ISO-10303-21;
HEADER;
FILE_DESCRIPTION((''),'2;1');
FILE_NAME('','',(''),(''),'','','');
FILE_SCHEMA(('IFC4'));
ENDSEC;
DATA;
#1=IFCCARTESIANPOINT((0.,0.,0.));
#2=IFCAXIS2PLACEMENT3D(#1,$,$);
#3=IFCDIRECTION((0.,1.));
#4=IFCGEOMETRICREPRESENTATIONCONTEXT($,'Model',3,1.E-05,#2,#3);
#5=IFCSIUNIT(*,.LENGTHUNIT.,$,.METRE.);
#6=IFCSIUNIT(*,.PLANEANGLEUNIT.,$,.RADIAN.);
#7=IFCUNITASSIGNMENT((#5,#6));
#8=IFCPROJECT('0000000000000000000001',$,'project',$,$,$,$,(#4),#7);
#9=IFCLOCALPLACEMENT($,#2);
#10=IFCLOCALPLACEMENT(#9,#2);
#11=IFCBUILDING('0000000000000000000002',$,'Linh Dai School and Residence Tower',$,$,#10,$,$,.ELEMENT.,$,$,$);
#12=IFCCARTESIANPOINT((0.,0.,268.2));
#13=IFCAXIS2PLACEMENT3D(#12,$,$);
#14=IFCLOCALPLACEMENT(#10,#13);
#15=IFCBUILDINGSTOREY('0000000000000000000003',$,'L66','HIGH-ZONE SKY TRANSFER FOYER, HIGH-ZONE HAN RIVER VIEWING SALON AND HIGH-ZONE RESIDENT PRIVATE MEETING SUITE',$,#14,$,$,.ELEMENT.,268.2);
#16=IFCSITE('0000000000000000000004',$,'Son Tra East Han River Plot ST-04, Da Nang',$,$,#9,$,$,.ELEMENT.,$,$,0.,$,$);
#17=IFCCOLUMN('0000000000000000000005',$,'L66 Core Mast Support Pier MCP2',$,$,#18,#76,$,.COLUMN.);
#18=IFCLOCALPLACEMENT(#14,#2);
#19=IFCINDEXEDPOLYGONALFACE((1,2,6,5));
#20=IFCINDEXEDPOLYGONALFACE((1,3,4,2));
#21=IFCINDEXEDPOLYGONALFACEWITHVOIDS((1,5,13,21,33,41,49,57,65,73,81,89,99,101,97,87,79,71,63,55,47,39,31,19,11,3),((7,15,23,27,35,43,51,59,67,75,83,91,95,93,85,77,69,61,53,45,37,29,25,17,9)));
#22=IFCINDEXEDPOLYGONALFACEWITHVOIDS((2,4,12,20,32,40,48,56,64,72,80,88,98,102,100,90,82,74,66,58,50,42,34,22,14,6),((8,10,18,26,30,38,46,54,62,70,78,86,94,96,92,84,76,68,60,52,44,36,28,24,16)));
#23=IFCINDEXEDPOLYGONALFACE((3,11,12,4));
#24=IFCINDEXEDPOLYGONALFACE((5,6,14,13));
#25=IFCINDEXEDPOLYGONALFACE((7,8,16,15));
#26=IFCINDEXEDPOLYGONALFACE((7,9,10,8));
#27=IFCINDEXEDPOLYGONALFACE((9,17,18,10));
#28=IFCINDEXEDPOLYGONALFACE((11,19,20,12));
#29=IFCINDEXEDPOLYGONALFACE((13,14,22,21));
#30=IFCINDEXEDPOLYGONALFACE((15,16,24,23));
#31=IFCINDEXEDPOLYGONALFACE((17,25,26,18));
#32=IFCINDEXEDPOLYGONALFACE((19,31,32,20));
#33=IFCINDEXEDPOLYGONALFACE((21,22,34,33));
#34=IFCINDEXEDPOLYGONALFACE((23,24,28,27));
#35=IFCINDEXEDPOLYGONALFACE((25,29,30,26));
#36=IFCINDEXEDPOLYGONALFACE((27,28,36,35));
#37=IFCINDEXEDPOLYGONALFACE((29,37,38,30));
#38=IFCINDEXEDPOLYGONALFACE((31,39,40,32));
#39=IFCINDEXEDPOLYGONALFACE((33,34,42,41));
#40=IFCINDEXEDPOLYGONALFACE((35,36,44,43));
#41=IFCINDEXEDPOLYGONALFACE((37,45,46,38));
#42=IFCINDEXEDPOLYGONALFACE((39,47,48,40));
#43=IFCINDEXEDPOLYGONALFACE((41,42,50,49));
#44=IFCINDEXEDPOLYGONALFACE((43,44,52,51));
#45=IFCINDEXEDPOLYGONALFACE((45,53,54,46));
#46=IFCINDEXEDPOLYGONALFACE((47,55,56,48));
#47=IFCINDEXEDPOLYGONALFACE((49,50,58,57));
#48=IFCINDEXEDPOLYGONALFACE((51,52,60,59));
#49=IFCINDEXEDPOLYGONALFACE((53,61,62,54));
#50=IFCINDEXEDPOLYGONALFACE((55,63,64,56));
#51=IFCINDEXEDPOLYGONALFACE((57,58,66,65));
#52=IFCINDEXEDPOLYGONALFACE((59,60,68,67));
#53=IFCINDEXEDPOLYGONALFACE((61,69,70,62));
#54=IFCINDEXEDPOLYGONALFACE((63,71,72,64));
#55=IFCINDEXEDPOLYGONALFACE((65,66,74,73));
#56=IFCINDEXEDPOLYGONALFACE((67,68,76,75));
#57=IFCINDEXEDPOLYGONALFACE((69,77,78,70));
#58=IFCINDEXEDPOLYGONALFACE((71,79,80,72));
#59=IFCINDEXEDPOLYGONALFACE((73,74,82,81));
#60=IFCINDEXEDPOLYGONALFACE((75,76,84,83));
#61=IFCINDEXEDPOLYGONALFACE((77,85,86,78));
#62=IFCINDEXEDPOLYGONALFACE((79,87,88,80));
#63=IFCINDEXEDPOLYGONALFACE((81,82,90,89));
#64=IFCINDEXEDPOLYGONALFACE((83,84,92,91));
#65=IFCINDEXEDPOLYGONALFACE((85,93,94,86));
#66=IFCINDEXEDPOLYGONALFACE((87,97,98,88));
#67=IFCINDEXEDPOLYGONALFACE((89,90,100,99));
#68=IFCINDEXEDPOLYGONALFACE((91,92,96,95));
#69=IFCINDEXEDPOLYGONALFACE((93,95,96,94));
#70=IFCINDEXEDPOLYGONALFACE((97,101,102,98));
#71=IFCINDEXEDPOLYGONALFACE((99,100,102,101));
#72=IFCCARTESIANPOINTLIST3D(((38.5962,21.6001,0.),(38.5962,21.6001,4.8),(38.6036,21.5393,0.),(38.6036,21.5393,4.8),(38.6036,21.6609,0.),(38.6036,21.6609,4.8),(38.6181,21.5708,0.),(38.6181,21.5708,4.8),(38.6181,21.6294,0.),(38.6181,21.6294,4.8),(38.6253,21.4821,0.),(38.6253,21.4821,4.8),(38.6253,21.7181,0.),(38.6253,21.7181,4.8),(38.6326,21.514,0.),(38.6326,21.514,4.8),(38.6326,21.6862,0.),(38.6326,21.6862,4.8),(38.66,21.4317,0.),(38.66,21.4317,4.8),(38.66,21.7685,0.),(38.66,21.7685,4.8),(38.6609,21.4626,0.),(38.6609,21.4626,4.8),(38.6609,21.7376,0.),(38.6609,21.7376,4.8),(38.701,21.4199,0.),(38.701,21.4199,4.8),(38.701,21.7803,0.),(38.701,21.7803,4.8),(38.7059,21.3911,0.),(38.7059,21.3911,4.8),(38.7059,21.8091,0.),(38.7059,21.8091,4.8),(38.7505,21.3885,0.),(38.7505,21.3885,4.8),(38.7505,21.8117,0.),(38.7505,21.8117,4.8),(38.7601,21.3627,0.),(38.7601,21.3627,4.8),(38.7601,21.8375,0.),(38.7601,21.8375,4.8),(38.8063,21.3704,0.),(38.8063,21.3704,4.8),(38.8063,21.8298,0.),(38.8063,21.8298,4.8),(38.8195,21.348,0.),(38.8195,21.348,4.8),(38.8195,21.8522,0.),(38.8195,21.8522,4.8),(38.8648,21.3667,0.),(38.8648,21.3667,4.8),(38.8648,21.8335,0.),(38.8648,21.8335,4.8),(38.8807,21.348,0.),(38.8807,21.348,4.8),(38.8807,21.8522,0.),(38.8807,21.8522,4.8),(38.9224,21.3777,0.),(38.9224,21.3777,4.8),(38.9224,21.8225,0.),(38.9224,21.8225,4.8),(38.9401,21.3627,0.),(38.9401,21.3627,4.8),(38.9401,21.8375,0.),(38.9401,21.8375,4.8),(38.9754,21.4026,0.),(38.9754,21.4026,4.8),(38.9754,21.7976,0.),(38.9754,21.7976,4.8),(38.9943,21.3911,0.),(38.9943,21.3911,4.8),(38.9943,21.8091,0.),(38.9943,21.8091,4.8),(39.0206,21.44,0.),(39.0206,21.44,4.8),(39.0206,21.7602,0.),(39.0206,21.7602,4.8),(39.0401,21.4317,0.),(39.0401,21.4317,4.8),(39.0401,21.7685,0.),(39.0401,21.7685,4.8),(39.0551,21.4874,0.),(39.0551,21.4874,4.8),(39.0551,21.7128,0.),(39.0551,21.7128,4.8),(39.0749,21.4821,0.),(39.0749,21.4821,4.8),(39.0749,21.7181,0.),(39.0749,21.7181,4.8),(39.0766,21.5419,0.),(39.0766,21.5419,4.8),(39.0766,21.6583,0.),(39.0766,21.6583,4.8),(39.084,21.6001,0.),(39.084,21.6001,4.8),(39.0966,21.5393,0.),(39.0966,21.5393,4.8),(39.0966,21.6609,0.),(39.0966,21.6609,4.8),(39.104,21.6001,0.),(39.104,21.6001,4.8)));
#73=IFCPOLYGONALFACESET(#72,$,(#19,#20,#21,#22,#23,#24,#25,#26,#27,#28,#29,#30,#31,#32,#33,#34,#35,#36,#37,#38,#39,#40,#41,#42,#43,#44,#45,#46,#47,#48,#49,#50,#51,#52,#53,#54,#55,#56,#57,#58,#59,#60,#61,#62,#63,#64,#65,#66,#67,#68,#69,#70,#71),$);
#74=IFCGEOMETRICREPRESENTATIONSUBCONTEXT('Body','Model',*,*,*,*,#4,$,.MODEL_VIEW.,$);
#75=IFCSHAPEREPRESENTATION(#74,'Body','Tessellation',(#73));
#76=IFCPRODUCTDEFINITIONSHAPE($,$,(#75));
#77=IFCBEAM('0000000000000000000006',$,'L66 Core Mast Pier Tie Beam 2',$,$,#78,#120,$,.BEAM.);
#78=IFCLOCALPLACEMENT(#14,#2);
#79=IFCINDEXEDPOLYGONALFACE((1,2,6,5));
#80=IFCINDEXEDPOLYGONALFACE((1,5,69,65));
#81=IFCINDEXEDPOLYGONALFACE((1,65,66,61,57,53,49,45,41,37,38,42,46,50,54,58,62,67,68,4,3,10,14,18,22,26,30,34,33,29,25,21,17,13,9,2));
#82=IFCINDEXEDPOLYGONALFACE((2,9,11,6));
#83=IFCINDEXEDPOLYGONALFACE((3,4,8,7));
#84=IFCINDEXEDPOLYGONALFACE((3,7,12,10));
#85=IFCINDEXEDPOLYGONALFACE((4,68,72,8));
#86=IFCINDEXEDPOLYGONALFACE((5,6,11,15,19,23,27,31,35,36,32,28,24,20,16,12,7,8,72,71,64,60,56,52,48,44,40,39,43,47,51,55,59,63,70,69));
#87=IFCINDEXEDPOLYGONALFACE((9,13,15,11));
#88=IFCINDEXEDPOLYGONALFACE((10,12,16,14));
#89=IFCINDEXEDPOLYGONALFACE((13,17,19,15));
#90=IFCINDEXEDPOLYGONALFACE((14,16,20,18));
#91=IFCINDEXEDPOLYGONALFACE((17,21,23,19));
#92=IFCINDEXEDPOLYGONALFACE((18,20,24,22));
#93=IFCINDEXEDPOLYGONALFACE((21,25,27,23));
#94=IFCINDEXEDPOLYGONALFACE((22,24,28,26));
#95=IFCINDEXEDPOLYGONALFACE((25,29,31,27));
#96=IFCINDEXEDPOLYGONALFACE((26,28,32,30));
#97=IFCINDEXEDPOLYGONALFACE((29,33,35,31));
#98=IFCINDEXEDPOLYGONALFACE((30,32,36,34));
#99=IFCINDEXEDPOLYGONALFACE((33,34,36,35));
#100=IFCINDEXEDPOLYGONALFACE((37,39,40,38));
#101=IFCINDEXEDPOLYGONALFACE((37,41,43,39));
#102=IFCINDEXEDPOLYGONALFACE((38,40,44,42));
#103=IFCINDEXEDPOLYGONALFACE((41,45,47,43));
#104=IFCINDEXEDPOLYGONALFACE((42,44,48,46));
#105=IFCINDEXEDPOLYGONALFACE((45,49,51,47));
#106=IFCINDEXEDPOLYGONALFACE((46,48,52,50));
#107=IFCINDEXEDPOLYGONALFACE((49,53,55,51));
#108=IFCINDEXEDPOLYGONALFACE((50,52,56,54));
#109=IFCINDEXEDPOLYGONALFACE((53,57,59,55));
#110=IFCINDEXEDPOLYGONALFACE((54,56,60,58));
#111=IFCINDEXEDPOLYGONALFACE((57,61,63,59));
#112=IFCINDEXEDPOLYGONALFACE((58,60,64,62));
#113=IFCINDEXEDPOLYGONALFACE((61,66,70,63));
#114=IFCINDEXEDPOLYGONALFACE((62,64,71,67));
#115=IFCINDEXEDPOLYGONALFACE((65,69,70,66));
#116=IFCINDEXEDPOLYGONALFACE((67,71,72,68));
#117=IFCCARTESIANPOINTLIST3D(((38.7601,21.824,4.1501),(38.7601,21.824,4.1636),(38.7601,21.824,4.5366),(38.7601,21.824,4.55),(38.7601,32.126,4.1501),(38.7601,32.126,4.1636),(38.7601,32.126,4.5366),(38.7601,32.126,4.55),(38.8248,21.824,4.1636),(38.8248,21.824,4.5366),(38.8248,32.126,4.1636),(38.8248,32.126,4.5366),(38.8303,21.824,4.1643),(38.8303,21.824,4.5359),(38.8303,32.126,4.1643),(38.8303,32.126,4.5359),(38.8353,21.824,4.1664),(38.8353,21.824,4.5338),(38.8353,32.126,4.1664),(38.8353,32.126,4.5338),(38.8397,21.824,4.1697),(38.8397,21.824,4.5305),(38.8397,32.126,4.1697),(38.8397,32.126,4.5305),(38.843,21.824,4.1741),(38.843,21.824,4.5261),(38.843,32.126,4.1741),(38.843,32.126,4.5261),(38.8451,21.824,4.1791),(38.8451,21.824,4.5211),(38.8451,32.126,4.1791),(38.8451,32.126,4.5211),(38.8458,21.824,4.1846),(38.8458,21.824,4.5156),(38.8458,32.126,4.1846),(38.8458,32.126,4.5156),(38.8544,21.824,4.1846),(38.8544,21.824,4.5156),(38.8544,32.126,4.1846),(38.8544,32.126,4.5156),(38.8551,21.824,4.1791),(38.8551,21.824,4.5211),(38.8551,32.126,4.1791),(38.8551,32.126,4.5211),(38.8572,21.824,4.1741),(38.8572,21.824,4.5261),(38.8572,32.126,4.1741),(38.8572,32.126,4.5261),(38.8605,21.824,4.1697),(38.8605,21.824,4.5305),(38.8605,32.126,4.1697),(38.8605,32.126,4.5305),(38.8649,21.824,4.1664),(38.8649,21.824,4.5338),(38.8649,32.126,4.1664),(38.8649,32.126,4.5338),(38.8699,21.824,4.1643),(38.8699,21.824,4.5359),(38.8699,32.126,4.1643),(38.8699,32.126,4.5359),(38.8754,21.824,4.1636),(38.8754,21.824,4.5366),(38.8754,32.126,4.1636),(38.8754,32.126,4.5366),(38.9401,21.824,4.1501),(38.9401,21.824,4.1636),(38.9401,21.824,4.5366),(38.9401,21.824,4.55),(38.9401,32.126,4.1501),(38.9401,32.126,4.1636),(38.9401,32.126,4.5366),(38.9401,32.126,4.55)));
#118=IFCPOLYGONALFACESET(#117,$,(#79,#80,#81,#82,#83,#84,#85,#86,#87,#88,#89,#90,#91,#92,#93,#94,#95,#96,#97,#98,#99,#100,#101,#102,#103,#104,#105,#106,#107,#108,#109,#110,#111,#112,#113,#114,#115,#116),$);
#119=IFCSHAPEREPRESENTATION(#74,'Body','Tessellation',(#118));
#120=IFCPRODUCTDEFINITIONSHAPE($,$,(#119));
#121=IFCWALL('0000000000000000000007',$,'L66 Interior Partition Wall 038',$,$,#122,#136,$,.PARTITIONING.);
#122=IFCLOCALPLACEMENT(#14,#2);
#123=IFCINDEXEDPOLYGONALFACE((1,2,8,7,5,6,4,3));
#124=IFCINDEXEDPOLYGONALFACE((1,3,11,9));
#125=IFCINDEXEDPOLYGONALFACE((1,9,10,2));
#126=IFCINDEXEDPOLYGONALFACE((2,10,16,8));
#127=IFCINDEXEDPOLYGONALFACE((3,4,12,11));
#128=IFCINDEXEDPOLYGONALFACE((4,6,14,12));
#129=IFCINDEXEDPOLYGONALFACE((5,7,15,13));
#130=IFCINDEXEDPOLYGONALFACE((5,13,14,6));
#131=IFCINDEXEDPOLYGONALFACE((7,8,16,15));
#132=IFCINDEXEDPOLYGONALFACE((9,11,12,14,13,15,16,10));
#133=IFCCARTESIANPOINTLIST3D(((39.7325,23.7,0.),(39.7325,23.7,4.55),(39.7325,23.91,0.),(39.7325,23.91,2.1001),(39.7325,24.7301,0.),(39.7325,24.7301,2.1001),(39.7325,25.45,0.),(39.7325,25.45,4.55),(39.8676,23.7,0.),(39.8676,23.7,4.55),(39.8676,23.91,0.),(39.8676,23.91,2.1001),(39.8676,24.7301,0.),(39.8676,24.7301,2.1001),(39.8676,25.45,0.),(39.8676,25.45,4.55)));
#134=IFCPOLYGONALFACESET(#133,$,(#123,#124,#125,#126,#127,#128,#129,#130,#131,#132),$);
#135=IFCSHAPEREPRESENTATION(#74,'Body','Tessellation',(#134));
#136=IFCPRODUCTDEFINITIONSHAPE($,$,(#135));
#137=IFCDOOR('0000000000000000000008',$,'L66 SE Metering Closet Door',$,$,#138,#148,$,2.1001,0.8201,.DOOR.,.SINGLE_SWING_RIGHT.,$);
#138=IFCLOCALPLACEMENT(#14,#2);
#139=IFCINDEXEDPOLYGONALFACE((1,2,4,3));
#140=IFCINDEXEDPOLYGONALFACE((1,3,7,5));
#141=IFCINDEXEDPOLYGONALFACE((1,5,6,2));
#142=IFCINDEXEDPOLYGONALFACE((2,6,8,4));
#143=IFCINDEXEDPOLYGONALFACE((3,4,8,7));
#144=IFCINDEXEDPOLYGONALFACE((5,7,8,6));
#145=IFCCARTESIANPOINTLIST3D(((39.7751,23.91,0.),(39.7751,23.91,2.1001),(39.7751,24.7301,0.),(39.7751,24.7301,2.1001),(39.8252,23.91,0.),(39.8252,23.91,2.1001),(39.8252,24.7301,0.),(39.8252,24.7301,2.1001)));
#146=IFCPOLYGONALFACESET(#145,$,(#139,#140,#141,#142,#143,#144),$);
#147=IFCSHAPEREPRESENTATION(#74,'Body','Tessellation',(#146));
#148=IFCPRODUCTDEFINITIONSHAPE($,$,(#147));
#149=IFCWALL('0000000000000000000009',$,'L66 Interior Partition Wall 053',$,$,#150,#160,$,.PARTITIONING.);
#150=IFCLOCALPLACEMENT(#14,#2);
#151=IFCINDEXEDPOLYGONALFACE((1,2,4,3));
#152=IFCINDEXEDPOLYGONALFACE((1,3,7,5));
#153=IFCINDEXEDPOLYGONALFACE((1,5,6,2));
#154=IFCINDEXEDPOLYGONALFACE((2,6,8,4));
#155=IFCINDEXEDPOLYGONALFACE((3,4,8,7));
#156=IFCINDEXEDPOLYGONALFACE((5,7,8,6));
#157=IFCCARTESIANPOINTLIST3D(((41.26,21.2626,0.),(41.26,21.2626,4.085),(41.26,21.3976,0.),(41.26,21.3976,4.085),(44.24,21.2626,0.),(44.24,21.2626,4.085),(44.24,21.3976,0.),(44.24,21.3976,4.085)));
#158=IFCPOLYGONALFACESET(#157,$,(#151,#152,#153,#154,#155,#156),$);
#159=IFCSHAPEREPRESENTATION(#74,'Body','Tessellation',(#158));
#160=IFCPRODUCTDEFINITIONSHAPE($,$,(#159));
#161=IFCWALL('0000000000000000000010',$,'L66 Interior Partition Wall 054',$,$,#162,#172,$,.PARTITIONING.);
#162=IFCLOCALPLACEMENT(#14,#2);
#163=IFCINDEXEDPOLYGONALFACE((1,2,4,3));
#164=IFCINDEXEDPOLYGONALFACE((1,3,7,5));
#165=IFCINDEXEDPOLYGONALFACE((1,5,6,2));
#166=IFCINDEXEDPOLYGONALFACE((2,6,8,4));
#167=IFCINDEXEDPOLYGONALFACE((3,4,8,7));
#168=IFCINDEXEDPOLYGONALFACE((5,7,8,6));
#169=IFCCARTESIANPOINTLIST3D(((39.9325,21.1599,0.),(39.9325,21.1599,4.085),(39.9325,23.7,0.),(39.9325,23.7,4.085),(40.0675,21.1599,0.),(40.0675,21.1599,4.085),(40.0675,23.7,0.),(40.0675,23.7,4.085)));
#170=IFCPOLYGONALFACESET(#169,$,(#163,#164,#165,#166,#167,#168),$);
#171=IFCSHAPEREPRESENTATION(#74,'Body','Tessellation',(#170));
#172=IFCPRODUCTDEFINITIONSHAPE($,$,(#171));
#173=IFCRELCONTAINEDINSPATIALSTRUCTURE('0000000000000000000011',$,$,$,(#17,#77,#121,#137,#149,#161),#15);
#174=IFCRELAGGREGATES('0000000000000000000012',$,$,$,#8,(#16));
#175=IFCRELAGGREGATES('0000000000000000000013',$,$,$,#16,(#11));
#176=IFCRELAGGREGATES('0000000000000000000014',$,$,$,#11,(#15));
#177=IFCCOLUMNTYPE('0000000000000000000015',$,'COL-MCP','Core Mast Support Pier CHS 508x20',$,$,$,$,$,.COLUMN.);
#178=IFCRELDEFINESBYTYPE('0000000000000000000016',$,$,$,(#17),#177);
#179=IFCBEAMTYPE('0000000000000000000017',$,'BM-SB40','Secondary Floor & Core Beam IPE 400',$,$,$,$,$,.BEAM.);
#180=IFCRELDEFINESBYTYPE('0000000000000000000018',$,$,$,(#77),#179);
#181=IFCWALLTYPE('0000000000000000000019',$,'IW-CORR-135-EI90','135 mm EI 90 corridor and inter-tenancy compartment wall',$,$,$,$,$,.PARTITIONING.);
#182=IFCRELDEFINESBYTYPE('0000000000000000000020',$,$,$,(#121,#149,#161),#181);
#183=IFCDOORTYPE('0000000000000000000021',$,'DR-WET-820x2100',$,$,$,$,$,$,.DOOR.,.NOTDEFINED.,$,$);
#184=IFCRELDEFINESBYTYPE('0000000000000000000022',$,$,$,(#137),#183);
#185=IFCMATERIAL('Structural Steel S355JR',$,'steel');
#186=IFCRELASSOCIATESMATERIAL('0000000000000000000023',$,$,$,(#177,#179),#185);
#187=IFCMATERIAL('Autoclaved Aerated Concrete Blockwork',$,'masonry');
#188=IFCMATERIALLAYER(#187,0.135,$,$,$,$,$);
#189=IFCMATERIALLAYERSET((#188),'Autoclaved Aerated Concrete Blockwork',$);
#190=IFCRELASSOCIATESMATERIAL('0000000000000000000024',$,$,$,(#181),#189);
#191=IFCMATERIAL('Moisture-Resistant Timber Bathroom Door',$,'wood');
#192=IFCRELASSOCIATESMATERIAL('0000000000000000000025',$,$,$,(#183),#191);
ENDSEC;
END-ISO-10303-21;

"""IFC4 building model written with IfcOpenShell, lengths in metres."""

from ifc_helpers import new_model, si_unit, direction, frame, frame_2d, origin, origin_2d, place, context, subcontext, project, spatial, rectangle, hollow_circle, i_section, extrude, source, transform, mapped, material, layer, layer_set, material_profile, profile_set, type_object, element, fill, save


model = new_model("IFC4")

# Units and contexts
model_context = context("Model", 3, precision=1e-05, world=origin(), true_north=direction((0.0, 1.0)))
body_context = subcontext(model_context, "Body", "Model", "MODEL_VIEW")
ifc_project = project(units=[si_unit("LENGTHUNIT", "METRE"), si_unit("PLANEANGLEUNIT", "RADIAN")], contexts=[model_context])

# Site, building, storey
site_placement = place(None, origin())
site = spatial("IfcSite", under=ifc_project, at=site_placement, Name="Son Tra East Han River Plot ST-04, Da Nang", CompositionType="ELEMENT", RefElevation=0.0)
building_placement = place(site_placement, origin())
building = spatial("IfcBuilding", under=site, at=building_placement, Name="Linh Dai School and Residence Tower", CompositionType="ELEMENT")
storey_placement = place(building_placement, frame((0.0, 0.0, 268.2)))
storey = spatial("IfcBuildingStorey", under=building, at=storey_placement, Name="L66", Description="HIGH-ZONE SKY TRANSFER FOYER, HIGH-ZONE HAN RIVER VIEWING SALON AND HIGH-ZONE RESIDENT PRIVATE MEETING SUITE", CompositionType="ELEMENT", Elevation=268.2)

# Column
ifc_material_1 = material(Name="Structural Steel S355JR", Category="steel")
ifc_material_profile_1 = material_profile(ifc_material_1, hollow_circle(Radius=0.2539, WallThickness=0.02, at=origin_2d()), Name="CHS 508x20")
ifc_profile_set_1 = profile_set([ifc_material_profile_1], Name="Structural Steel S355JR")
column_type_1 = type_object("IfcColumnType", Name="COL-MCP", Description="Core Mast Support Pier CHS 508x20", PredefinedType="COLUMN", material=ifc_profile_set_1)
column_placement = place(storey_placement, frame((38.8501, 21.6001, 0.0), z_axis=(0.0, 0.0, 1.0), x_axis=(1.0, 0.0, 0.0)))
element("IfcColumn", 1, at=column_placement, inside=storey, type_object=column_type_1, Name="L66 Core Mast Support Pier MCP2", PredefinedType="COLUMN", context=body_context, shape_type="SweptSolid", body=[
    extrude(hollow_circle(Radius=0.2539, WallThickness=0.02, at=origin_2d()), origin(), (0.0, 0.0, 1.0), 4.8),
])

# Beam
ifc_material_profile_2 = material_profile(ifc_material_1, i_section(OverallWidth=0.1799, OverallDepth=0.3999, WebThickness=0.0085, FlangeThickness=0.0134, FilletRadius=0.021, at=origin_2d()), Name="IPE 400")
ifc_profile_set_2 = profile_set([ifc_material_profile_2], Name="Structural Steel S355JR")
beam_type = type_object("IfcBeamType", Name="BM-SB40", Description="Secondary Floor & Core Beam IPE 400", PredefinedType="BEAM", material=ifc_profile_set_2)
beam_placement = place(storey_placement, frame((38.8501, 21.824, 4.3501), z_axis=(0.0, 1.0, 0.0), x_axis=(-1.0, 0.0, 0.0)))
element("IfcBeam", 2, at=beam_placement, inside=storey, type_object=beam_type, Name="L66 Core Mast Pier Tie Beam 2", PredefinedType="BEAM", context=body_context, shape_type="SweptSolid", body=[
    extrude(i_section(OverallWidth=0.1799, OverallDepth=0.3999, WebThickness=0.0085, FlangeThickness=0.0134, FilletRadius=0.021, at=origin_2d()), origin(), (0.0, 0.0, 1.0), 10.302),
])

# Wall, opening, door
ifc_material_2 = material(Name="Autoclaved Aerated Concrete Blockwork", Category="masonry")
ifc_layer_1 = layer(ifc_material_2, 0.135)
ifc_layer_set_1 = layer_set([ifc_layer_1], Name="Autoclaved Aerated Concrete Blockwork")
wall_type_1 = type_object("IfcWallType", Name="IW-CORR-135-EI90", Description="135 mm EI 90 corridor and inter-tenancy compartment wall", PredefinedType="PARTITIONING", material=ifc_layer_set_1)
wall_1_placement = place(storey_placement, frame((39.8, 23.7, 0.0), z_axis=(0.0, 0.0, 1.0), x_axis=(0.0, 1.0, 0.0)))
wall_1 = element("IfcWall", 3, at=wall_1_placement, inside=storey, type_object=wall_type_1, Name="L66 Interior Partition Wall 038", PredefinedType="PARTITIONING", context=body_context, shape_type="SweptSolid", body=[
    extrude(rectangle(XDim=1.75, YDim=0.135, at=frame_2d((0.875, 0.0))), origin(), (0.0, 0.0, 1.0), 4.55),
])
opening_1_placement = place(wall_1_placement, frame((0.21, 0.0, 0.0)))
opening_1 = element("IfcOpeningElement", 4, at=opening_1_placement, cuts=wall_1, PredefinedType="OPENING", context=body_context, shape_type="SweptSolid", body=[
    extrude(rectangle(XDim=0.8201, YDim=2.1001, at=origin_2d()), frame((0.4102, 0.0776, 1.05), z_axis=(0.0, -1.0, 0.0), x_axis=(1.0, 0.0, 0.0)), (0.0, 0.0, 1.0), 0.155),
])
ifc_material_3 = material(Name="Moisture-Resistant Timber Bathroom Door", Category="wood")
door_type_1 = type_object("IfcDoorType", Name="DR-WET-820x2100", OperationType="NOTDEFINED", PredefinedType="DOOR", material=ifc_material_3)
shared_shape_1 = source(origin(), body_context, "Body", "SweptSolid", [
    extrude(rectangle(XDim=0.8201, YDim=2.1001, at=origin_2d()), frame((0.4102, 0.0249, 1.05), z_axis=(0.0, -1.0, 0.0), x_axis=(1.0, 0.0, 0.0)), (0.0, 0.0, 1.0), 0.05),
])
door_1_placement = place(opening_1_placement, origin())
door_1 = element("IfcDoor", 5, at=door_1_placement, inside=storey, type_object=door_type_1, Name="L66 SE Metering Closet Door", OperationType="SINGLE_SWING_RIGHT", OverallHeight=2.1001, OverallWidth=0.8201, PredefinedType="DOOR", context=body_context, shape_type="MappedRepresentation", body=[
    mapped(shared_shape_1, transform((0.0, 0.0, 0.0), x_axis=(1.0, 0.0, 0.0), y_axis=(0.0, 1.0, 0.0), z_axis=(0.0, 0.0, 1.0), scale=1.0)),
])
fill(opening_1, door_1)

# Walls
wall_2_placement = place(storey_placement, frame((44.24, 21.3301, 0.0), z_axis=(0.0, 0.0, 1.0), x_axis=(-1.0, 0.0, 0.0)))
element("IfcWall", 6, at=wall_2_placement, inside=storey, type_object=wall_type_1, Name="L66 Interior Partition Wall 053", PredefinedType="PARTITIONING", context=body_context, shape_type="SweptSolid", body=[
    extrude(rectangle(XDim=2.98, YDim=0.135, at=frame_2d((1.49, 0.0))), origin(), (0.0, 0.0, 1.0), 4.085),
])
wall_3_placement = place(storey_placement, frame((40.0, 23.7, 0.0), z_axis=(0.0, 0.0, 1.0), x_axis=(0.0, -1.0, 0.0)))
element("IfcWall", 7, at=wall_3_placement, inside=storey, type_object=wall_type_1, Name="L66 Interior Partition Wall 054", PredefinedType="PARTITIONING", context=body_context, shape_type="SweptSolid", body=[
    extrude(rectangle(XDim=2.54, YDim=0.135, at=frame_2d((1.27, 0.0))), origin(), (0.0, 0.0, 1.0), 4.085),
])

save(model, "model.ifc")
